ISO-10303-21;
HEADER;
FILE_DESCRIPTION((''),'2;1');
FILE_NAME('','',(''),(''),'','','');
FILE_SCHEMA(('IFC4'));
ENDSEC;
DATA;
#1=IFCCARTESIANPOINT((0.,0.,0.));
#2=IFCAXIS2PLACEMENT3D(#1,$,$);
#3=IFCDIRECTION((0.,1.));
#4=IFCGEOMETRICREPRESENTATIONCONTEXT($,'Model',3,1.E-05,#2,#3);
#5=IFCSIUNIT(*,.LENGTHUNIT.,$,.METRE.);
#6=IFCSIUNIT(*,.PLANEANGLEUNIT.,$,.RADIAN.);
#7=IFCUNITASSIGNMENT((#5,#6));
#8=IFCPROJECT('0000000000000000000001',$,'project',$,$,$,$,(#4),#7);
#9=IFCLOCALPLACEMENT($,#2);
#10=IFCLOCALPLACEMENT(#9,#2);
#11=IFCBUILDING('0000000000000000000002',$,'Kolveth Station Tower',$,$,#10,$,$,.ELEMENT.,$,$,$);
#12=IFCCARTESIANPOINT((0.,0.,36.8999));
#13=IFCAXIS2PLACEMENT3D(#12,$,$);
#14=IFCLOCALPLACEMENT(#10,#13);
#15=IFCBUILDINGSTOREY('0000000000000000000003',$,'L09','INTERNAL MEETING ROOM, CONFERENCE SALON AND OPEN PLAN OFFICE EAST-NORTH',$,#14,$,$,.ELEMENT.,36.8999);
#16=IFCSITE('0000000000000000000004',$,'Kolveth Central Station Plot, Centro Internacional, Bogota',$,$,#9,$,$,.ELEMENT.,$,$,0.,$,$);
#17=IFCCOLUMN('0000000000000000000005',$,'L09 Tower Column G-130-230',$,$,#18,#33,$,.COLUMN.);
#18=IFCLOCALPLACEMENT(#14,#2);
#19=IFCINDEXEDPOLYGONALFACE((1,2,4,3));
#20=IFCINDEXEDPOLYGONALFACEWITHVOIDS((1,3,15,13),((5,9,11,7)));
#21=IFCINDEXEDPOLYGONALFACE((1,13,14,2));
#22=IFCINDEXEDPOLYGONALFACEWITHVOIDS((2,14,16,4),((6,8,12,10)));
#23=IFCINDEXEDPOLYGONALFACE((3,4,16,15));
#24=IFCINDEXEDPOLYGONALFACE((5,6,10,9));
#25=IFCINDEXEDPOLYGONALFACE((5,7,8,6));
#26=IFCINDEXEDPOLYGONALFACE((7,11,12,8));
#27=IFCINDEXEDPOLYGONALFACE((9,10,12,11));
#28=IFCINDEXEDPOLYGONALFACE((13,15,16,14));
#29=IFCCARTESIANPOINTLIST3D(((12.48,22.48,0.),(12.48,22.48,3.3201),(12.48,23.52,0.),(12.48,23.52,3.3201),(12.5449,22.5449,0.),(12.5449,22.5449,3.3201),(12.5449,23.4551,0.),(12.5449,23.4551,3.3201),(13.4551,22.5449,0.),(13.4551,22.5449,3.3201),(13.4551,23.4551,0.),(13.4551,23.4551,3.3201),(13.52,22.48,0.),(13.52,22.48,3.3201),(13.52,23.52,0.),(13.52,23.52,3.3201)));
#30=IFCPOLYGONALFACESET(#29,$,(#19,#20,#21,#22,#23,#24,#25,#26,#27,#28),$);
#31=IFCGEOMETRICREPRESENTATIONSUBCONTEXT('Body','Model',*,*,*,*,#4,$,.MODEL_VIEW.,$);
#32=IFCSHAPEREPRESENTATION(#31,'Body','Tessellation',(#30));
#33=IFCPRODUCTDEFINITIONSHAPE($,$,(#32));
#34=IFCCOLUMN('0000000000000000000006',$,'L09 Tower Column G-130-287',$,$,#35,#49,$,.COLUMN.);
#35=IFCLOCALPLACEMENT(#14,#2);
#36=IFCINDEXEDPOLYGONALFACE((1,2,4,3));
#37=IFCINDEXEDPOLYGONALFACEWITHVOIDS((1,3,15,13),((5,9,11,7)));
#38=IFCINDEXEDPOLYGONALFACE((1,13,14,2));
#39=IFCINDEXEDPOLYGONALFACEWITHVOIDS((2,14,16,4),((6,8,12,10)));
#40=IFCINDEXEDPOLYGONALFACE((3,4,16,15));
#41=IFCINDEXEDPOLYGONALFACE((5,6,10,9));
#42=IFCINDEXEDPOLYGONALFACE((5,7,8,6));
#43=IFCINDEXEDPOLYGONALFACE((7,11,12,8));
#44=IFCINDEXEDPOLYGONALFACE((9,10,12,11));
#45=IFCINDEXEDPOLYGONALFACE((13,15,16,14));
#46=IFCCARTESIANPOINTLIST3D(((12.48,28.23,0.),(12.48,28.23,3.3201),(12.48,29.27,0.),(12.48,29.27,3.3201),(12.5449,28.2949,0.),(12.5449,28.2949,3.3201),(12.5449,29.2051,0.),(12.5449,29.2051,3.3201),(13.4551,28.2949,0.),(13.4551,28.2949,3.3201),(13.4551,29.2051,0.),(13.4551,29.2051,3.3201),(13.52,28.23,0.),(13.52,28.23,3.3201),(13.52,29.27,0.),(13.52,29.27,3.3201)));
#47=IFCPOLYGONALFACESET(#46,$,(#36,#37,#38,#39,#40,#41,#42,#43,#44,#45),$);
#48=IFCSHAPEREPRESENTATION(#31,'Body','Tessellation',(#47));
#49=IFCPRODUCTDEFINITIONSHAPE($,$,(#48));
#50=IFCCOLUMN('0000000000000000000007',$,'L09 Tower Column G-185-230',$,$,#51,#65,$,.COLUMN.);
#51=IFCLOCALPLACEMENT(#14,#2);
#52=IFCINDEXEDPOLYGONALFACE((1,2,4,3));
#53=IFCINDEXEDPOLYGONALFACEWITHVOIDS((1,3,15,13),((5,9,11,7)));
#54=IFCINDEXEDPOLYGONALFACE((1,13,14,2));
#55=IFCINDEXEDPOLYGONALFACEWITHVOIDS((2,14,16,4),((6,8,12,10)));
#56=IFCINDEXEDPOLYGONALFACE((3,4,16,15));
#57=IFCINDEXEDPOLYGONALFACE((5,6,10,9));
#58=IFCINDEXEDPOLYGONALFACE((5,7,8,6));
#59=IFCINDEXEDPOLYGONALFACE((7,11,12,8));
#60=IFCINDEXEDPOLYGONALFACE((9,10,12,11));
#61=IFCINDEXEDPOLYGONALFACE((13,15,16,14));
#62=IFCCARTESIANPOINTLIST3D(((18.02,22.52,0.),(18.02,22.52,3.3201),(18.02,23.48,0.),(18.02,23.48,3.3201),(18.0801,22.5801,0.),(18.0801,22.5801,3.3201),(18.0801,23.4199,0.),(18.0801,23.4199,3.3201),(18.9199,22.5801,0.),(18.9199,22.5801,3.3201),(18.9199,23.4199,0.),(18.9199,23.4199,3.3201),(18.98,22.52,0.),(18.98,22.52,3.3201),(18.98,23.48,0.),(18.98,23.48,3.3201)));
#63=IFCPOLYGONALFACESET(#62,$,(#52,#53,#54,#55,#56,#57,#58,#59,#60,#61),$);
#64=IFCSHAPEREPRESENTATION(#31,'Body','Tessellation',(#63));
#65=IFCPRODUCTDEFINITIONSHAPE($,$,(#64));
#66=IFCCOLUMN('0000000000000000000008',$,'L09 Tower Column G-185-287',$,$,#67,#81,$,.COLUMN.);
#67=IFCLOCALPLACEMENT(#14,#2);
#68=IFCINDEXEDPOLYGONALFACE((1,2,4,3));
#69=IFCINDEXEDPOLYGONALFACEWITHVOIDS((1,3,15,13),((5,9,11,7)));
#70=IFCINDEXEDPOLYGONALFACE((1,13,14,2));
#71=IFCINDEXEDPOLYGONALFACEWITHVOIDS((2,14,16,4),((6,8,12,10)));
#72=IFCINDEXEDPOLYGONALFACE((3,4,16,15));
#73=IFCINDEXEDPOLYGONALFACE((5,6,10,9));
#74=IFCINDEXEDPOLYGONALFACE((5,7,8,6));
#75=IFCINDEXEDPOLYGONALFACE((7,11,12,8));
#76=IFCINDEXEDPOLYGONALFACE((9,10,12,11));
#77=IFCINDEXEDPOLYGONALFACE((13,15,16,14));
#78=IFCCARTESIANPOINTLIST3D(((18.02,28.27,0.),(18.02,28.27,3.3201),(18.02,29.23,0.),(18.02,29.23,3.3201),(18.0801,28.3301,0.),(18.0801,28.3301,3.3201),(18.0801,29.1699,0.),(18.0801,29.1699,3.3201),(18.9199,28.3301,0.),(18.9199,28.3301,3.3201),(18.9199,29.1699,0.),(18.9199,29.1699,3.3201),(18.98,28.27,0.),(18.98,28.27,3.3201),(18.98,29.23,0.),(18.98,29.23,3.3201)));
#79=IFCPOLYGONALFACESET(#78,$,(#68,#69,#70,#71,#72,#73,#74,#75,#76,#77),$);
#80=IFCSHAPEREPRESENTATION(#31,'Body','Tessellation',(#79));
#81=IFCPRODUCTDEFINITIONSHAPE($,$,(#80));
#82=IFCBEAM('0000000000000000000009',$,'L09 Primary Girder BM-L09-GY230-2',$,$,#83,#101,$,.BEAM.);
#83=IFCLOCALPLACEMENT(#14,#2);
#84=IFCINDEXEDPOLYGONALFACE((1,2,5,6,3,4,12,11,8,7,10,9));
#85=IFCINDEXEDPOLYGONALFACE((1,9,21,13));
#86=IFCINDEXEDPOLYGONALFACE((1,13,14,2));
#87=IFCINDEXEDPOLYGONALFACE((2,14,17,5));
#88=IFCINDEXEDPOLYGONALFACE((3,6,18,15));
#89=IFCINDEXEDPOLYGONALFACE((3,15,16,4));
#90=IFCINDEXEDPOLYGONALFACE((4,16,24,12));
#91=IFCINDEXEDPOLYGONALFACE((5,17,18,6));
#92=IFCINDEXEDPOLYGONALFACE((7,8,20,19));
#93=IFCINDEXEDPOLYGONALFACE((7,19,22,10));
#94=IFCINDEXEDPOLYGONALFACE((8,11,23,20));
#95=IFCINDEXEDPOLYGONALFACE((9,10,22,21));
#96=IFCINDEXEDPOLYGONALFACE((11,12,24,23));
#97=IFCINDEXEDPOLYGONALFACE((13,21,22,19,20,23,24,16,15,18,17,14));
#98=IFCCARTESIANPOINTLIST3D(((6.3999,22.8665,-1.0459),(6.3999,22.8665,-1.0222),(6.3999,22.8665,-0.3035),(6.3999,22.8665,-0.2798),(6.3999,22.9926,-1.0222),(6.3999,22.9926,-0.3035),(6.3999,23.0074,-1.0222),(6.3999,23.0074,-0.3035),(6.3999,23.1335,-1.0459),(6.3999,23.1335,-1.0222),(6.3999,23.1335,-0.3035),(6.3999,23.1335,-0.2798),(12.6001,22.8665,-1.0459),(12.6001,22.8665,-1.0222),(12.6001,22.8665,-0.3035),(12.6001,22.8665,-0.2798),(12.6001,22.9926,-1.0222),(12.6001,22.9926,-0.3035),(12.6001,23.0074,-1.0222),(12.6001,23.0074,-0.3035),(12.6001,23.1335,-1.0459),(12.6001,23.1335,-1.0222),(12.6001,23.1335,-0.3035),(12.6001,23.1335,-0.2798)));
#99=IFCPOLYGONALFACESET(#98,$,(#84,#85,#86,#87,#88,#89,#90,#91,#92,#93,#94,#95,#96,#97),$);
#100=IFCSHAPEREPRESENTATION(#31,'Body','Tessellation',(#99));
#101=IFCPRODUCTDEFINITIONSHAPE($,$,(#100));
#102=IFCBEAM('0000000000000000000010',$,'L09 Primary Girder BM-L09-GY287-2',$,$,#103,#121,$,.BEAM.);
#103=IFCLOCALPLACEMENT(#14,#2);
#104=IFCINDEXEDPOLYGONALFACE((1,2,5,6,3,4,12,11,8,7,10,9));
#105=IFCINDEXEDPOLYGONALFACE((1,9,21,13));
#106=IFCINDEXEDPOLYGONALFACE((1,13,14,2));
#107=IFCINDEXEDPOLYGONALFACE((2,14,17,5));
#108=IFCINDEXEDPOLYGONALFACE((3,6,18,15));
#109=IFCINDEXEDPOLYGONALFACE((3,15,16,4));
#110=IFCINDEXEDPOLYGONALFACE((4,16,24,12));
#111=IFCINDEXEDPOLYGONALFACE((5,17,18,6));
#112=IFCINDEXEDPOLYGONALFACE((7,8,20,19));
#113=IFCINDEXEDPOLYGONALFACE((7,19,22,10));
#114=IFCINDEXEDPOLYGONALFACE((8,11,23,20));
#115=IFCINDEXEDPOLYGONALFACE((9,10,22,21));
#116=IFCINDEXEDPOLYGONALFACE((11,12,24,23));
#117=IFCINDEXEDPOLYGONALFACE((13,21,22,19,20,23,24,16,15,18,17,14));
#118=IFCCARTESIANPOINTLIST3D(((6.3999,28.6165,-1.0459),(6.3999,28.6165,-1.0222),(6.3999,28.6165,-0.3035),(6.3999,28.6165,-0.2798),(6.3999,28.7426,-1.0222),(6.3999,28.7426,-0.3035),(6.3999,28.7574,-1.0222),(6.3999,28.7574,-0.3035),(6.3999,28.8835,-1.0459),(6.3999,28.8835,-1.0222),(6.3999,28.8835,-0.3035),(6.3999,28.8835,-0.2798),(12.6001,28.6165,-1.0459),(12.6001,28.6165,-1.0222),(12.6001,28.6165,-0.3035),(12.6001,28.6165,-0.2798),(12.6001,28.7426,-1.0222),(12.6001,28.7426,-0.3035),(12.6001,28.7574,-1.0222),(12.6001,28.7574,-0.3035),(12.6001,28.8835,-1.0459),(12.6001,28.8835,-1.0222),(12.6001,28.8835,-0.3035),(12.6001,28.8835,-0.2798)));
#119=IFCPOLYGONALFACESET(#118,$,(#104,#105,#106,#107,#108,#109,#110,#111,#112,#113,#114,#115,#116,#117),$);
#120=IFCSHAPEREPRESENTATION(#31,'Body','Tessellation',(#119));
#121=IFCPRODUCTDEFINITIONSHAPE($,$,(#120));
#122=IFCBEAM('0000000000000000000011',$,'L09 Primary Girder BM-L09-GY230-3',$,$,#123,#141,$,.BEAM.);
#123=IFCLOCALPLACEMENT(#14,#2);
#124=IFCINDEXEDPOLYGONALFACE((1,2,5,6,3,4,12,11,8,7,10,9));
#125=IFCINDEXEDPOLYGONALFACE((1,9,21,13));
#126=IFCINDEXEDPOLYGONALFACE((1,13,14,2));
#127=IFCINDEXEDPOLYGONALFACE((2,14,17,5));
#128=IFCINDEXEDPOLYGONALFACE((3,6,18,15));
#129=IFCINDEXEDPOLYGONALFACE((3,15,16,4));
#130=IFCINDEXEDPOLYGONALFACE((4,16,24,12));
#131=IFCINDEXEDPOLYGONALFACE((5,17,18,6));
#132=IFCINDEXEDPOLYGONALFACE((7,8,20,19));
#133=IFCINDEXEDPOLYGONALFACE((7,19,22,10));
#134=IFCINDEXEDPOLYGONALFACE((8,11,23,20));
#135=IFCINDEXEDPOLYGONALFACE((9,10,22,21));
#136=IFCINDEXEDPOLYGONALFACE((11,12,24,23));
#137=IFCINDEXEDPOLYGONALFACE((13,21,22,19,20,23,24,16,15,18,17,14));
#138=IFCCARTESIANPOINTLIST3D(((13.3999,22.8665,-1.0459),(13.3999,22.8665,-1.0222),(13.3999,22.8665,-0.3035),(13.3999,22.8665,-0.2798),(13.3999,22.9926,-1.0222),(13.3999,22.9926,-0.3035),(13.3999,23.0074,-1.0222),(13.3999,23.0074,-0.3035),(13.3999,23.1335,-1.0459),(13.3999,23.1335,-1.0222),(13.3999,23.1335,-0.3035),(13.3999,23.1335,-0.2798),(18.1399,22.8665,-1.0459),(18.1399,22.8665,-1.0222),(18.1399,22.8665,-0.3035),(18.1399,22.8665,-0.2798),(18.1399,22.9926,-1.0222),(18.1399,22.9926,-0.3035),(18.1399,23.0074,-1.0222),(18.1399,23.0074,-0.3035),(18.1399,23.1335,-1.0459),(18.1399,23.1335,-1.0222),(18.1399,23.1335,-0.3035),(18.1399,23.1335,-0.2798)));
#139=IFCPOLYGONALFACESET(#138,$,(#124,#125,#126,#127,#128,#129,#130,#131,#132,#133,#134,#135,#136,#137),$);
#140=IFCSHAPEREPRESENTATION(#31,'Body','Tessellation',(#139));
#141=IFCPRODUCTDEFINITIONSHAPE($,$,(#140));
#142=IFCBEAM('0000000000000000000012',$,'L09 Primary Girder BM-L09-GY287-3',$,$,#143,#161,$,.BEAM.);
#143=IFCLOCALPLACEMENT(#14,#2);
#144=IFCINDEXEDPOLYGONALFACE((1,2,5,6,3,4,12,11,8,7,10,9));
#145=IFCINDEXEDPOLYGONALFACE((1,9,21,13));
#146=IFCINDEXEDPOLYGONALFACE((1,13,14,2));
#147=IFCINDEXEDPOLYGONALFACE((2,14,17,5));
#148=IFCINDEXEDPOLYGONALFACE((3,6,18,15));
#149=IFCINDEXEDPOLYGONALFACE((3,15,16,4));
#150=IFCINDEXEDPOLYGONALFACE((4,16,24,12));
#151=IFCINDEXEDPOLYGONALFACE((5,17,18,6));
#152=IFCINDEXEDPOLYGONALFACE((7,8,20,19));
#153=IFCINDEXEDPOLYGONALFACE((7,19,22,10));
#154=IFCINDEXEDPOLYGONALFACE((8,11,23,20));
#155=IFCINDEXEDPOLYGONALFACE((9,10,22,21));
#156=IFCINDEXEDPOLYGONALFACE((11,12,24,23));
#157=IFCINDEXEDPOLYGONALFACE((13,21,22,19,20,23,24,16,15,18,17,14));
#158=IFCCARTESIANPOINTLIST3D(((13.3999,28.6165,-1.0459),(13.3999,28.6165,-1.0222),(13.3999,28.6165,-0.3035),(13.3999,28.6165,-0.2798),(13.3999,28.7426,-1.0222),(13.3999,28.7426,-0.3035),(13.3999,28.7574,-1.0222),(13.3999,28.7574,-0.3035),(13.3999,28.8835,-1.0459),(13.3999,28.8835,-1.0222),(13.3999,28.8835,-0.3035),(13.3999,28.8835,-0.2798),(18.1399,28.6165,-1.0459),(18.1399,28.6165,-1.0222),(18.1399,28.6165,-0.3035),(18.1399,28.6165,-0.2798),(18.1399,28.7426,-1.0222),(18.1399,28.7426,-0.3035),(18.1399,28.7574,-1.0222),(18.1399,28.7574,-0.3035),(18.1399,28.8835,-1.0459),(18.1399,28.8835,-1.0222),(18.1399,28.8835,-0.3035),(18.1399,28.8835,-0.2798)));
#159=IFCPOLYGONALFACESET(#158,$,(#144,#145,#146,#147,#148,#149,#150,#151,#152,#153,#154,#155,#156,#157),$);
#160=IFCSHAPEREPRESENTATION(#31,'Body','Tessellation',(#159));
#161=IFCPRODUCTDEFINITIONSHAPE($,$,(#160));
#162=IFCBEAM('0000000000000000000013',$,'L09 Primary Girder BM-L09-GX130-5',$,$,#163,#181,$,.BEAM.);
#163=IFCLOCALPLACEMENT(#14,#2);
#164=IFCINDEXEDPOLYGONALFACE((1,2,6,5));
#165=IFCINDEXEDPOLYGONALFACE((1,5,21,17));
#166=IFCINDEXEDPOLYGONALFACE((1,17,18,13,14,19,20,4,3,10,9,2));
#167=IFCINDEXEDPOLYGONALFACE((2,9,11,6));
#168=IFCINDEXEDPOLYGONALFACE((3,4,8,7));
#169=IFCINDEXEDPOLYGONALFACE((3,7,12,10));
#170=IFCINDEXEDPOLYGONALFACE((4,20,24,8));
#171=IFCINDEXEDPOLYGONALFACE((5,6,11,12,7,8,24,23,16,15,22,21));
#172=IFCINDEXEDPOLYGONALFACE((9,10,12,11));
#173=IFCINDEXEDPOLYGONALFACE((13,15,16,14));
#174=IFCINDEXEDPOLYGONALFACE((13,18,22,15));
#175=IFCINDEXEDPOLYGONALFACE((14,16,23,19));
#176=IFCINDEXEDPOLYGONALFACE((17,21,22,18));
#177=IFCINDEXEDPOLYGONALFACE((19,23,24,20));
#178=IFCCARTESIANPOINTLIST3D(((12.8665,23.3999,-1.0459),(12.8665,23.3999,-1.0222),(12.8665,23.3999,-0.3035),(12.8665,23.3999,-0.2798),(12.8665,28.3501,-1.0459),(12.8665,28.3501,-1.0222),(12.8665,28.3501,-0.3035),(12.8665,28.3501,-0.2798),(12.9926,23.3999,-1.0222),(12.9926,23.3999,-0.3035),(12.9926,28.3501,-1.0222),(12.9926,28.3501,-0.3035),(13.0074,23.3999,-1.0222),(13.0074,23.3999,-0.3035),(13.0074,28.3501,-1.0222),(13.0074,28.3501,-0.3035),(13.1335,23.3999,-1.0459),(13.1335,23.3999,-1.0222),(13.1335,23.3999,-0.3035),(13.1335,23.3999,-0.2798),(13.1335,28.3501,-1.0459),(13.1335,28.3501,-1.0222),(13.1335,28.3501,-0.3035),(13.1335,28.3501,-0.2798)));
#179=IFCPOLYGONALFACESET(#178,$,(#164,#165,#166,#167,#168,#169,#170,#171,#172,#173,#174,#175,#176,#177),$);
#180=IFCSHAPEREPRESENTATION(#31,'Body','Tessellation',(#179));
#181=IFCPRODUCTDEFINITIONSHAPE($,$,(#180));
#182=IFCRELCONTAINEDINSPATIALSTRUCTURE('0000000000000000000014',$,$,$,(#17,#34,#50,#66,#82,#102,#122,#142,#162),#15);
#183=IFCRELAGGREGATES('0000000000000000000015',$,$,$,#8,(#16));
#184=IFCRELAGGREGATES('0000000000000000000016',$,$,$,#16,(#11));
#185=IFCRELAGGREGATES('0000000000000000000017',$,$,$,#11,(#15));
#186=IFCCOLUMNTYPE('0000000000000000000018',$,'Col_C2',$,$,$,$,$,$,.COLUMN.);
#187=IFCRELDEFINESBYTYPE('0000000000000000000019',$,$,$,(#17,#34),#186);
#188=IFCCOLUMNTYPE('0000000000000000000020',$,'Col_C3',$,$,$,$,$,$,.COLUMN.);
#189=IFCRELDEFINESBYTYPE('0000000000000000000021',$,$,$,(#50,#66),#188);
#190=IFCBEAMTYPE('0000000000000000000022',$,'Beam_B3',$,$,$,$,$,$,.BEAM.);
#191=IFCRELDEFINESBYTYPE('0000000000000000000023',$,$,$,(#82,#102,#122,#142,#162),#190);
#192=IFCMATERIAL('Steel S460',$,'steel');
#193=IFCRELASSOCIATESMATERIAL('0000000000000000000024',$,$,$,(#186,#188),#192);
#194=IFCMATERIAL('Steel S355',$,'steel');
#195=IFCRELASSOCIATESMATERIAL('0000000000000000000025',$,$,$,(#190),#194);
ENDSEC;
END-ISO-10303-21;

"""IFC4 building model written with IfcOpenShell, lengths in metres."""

from ifc_helpers import new_model, si_unit, direction, frame, origin, origin_2d, place, context, subcontext, project, spatial, hollow_rectangle, i_section, extrude, source, transform, mapped, material, material_profile, profile_set, type_object, element, save


model = new_model("IFC4")

# Units and contexts
model_context = context("Model", 3, precision=1e-05, world=origin(), true_north=direction((0.0, 1.0)))
body_context = subcontext(model_context, "Body", "Model", "MODEL_VIEW")
ifc_project = project(units=[si_unit("LENGTHUNIT", "METRE"), si_unit("PLANEANGLEUNIT", "RADIAN")], contexts=[model_context])

# Site, building, storey
site_placement = place(None, origin())
site = spatial("IfcSite", under=ifc_project, at=site_placement, Name="Kolveth Central Station Plot, Centro Internacional, Bogota", CompositionType="ELEMENT", RefElevation=0.0)
building_placement = place(site_placement, origin())
building = spatial("IfcBuilding", under=site, at=building_placement, Name="Kolveth Station Tower", CompositionType="ELEMENT")
storey_placement = place(building_placement, frame((0.0, 0.0, 36.8999)))
storey = spatial("IfcBuildingStorey", under=building, at=storey_placement, Name="L09", Description="INTERNAL MEETING ROOM, CONFERENCE SALON AND OPEN PLAN OFFICE EAST-NORTH", CompositionType="ELEMENT", Elevation=36.8999)

# Columns
ifc_material_1 = material(Name="Steel S460", Category="steel")
ifc_material_profile_1 = material_profile(ifc_material_1, hollow_rectangle(XDim=1.04, YDim=1.04, WallThickness=0.0649, at=origin_2d()), Name="BOX1040x1040x65")
ifc_profile_set_1 = profile_set([ifc_material_profile_1], Name="Steel S460")
column_type_1 = type_object("IfcColumnType", Name="Col_C2", PredefinedType="COLUMN", material=ifc_profile_set_1)
shared_shape_1 = source(origin(), body_context, "Body", "SweptSolid", [
    extrude(hollow_rectangle(XDim=1.04, YDim=1.04, WallThickness=0.0649, at=origin_2d()), origin(), (0.0, 0.0, 1.0), 3.3201),
])
for number, where, z_axis, x_axis, name in (
    (1, (13.0, 23.0, 0.0), (0.0, 0.0, 1.0), (1.0, 0.0, 0.0), "L09 Tower Column G-130-230"),
    (2, (13.0, 28.75, 0.0), (0.0, 0.0, 1.0), (1.0, 0.0, 0.0), "L09 Tower Column G-130-287"),
):
    element("IfcColumn", number, at=place(storey_placement, frame(where, z_axis=z_axis, x_axis=x_axis)), inside=storey, type_object=column_type_1, Name=name, PredefinedType="COLUMN", context=body_context, shape_type="MappedRepresentation", body=[
        mapped(shared_shape_1, transform((0.0, 0.0, 0.0), x_axis=(1.0, 0.0, 0.0), y_axis=(0.0, 1.0, 0.0), z_axis=(0.0, 0.0, 1.0), scale=1.0)),
    ])
ifc_material_profile_2 = material_profile(ifc_material_1, hollow_rectangle(XDim=0.96, YDim=0.96, WallThickness=0.0601, at=origin_2d()), Name="BOX960x960x60")
ifc_profile_set_2 = profile_set([ifc_material_profile_2], Name="Steel S460")
column_type_2 = type_object("IfcColumnType", Name="Col_C3", PredefinedType="COLUMN", material=ifc_profile_set_2)
shared_shape_2 = source(origin(), body_context, "Body", "SweptSolid", [
    extrude(hollow_rectangle(XDim=0.96, YDim=0.96, WallThickness=0.0601, at=origin_2d()), origin(), (0.0, 0.0, 1.0), 3.3201),
])
for number, where, z_axis, x_axis, name in (
    (3, (18.5, 23.0, 0.0), (0.0, 0.0, 1.0), (1.0, 0.0, 0.0), "L09 Tower Column G-185-230"),
    (4, (18.5, 28.75, 0.0), (0.0, 0.0, 1.0), (1.0, 0.0, 0.0), "L09 Tower Column G-185-287"),
):
    element("IfcColumn", number, at=place(storey_placement, frame(where, z_axis=z_axis, x_axis=x_axis)), inside=storey, type_object=column_type_2, Name=name, PredefinedType="COLUMN", context=body_context, shape_type="MappedRepresentation", body=[
        mapped(shared_shape_2, transform((0.0, 0.0, 0.0), x_axis=(1.0, 0.0, 0.0), y_axis=(0.0, 1.0, 0.0), z_axis=(0.0, 0.0, 1.0), scale=1.0)),
    ])

# Beams
ifc_material_2 = material(Name="Steel S355", Category="steel")
ifc_material_profile_3 = material_profile(ifc_material_2, i_section(OverallWidth=0.2671, OverallDepth=0.7661, WebThickness=0.0149, FlangeThickness=0.0237, at=origin_2d()), Name="W760x185")
ifc_profile_set_3 = profile_set([ifc_material_profile_3], Name="Steel S355")
beam_type_1 = type_object("IfcBeamType", Name="Beam_B3", PredefinedType="BEAM", material=ifc_profile_set_3)
shared_shape_3 = source(origin(), body_context, "Body", "SweptSolid", [
    extrude(i_section(OverallWidth=0.2671, OverallDepth=0.7661, WebThickness=0.0149, FlangeThickness=0.0237, at=origin_2d()), origin(), (0.0, 0.0, 1.0), 6.2002),
])
for number, where, z_axis, x_axis, name in (
    (5, (6.3999, 23.0, -0.6628), (1.0, 0.0, 0.0), (0.0, 1.0, 0.0), "L09 Primary Girder BM-L09-GY230-2"),
    (6, (6.3999, 28.75, -0.6628), (1.0, 0.0, 0.0), (0.0, 1.0, 0.0), "L09 Primary Girder BM-L09-GY287-2"),
):
    element("IfcBeam", number, at=place(storey_placement, frame(where, z_axis=z_axis, x_axis=x_axis)), inside=storey, type_object=beam_type_1, Name=name, PredefinedType="BEAM", context=body_context, shape_type="MappedRepresentation", body=[
        mapped(shared_shape_3, transform((0.0, 0.0, 0.0), x_axis=(1.0, 0.0, 0.0), y_axis=(0.0, 1.0, 0.0), z_axis=(0.0, 0.0, 1.0), scale=1.0)),
    ])
shared_shape_4 = source(origin(), body_context, "Body", "SweptSolid", [
    extrude(i_section(OverallWidth=0.2671, OverallDepth=0.7661, WebThickness=0.0149, FlangeThickness=0.0237, at=origin_2d()), origin(), (0.0, 0.0, 1.0), 4.74),
])
for number, where, z_axis, x_axis, name in (
    (7, (13.3999, 23.0, -0.6628), (1.0, 0.0, 0.0), (0.0, 1.0, 0.0), "L09 Primary Girder BM-L09-GY230-3"),
    (8, (13.3999, 28.75, -0.6628), (1.0, 0.0, 0.0), (0.0, 1.0, 0.0), "L09 Primary Girder BM-L09-GY287-3"),
):
    element("IfcBeam", number, at=place(storey_placement, frame(where, z_axis=z_axis, x_axis=x_axis)), inside=storey, type_object=beam_type_1, Name=name, PredefinedType="BEAM", context=body_context, shape_type="MappedRepresentation", body=[
        mapped(shared_shape_4, transform((0.0, 0.0, 0.0), x_axis=(1.0, 0.0, 0.0), y_axis=(0.0, 1.0, 0.0), z_axis=(0.0, 0.0, 1.0), scale=1.0)),
    ])
shared_shape_5 = source(origin(), body_context, "Body", "SweptSolid", [
    extrude(i_section(OverallWidth=0.2671, OverallDepth=0.7661, WebThickness=0.0149, FlangeThickness=0.0237, at=origin_2d()), origin(), (0.0, 0.0, 1.0), 4.9502),
])
beam_1_placement = place(storey_placement, frame((13.0, 23.3999, -0.6628), z_axis=(0.0, 1.0, 0.0), x_axis=(-1.0, 0.0, 0.0)))
element("IfcBeam", 9, at=beam_1_placement, inside=storey, type_object=beam_type_1, Name="L09 Primary Girder BM-L09-GX130-5", PredefinedType="BEAM", context=body_context, shape_type="MappedRepresentation", body=[
    mapped(shared_shape_5, transform((0.0, 0.0, 0.0), x_axis=(1.0, 0.0, 0.0), y_axis=(0.0, 1.0, 0.0), z_axis=(0.0, 0.0, 1.0), scale=1.0)),
])

save(model, "model.ifc")
